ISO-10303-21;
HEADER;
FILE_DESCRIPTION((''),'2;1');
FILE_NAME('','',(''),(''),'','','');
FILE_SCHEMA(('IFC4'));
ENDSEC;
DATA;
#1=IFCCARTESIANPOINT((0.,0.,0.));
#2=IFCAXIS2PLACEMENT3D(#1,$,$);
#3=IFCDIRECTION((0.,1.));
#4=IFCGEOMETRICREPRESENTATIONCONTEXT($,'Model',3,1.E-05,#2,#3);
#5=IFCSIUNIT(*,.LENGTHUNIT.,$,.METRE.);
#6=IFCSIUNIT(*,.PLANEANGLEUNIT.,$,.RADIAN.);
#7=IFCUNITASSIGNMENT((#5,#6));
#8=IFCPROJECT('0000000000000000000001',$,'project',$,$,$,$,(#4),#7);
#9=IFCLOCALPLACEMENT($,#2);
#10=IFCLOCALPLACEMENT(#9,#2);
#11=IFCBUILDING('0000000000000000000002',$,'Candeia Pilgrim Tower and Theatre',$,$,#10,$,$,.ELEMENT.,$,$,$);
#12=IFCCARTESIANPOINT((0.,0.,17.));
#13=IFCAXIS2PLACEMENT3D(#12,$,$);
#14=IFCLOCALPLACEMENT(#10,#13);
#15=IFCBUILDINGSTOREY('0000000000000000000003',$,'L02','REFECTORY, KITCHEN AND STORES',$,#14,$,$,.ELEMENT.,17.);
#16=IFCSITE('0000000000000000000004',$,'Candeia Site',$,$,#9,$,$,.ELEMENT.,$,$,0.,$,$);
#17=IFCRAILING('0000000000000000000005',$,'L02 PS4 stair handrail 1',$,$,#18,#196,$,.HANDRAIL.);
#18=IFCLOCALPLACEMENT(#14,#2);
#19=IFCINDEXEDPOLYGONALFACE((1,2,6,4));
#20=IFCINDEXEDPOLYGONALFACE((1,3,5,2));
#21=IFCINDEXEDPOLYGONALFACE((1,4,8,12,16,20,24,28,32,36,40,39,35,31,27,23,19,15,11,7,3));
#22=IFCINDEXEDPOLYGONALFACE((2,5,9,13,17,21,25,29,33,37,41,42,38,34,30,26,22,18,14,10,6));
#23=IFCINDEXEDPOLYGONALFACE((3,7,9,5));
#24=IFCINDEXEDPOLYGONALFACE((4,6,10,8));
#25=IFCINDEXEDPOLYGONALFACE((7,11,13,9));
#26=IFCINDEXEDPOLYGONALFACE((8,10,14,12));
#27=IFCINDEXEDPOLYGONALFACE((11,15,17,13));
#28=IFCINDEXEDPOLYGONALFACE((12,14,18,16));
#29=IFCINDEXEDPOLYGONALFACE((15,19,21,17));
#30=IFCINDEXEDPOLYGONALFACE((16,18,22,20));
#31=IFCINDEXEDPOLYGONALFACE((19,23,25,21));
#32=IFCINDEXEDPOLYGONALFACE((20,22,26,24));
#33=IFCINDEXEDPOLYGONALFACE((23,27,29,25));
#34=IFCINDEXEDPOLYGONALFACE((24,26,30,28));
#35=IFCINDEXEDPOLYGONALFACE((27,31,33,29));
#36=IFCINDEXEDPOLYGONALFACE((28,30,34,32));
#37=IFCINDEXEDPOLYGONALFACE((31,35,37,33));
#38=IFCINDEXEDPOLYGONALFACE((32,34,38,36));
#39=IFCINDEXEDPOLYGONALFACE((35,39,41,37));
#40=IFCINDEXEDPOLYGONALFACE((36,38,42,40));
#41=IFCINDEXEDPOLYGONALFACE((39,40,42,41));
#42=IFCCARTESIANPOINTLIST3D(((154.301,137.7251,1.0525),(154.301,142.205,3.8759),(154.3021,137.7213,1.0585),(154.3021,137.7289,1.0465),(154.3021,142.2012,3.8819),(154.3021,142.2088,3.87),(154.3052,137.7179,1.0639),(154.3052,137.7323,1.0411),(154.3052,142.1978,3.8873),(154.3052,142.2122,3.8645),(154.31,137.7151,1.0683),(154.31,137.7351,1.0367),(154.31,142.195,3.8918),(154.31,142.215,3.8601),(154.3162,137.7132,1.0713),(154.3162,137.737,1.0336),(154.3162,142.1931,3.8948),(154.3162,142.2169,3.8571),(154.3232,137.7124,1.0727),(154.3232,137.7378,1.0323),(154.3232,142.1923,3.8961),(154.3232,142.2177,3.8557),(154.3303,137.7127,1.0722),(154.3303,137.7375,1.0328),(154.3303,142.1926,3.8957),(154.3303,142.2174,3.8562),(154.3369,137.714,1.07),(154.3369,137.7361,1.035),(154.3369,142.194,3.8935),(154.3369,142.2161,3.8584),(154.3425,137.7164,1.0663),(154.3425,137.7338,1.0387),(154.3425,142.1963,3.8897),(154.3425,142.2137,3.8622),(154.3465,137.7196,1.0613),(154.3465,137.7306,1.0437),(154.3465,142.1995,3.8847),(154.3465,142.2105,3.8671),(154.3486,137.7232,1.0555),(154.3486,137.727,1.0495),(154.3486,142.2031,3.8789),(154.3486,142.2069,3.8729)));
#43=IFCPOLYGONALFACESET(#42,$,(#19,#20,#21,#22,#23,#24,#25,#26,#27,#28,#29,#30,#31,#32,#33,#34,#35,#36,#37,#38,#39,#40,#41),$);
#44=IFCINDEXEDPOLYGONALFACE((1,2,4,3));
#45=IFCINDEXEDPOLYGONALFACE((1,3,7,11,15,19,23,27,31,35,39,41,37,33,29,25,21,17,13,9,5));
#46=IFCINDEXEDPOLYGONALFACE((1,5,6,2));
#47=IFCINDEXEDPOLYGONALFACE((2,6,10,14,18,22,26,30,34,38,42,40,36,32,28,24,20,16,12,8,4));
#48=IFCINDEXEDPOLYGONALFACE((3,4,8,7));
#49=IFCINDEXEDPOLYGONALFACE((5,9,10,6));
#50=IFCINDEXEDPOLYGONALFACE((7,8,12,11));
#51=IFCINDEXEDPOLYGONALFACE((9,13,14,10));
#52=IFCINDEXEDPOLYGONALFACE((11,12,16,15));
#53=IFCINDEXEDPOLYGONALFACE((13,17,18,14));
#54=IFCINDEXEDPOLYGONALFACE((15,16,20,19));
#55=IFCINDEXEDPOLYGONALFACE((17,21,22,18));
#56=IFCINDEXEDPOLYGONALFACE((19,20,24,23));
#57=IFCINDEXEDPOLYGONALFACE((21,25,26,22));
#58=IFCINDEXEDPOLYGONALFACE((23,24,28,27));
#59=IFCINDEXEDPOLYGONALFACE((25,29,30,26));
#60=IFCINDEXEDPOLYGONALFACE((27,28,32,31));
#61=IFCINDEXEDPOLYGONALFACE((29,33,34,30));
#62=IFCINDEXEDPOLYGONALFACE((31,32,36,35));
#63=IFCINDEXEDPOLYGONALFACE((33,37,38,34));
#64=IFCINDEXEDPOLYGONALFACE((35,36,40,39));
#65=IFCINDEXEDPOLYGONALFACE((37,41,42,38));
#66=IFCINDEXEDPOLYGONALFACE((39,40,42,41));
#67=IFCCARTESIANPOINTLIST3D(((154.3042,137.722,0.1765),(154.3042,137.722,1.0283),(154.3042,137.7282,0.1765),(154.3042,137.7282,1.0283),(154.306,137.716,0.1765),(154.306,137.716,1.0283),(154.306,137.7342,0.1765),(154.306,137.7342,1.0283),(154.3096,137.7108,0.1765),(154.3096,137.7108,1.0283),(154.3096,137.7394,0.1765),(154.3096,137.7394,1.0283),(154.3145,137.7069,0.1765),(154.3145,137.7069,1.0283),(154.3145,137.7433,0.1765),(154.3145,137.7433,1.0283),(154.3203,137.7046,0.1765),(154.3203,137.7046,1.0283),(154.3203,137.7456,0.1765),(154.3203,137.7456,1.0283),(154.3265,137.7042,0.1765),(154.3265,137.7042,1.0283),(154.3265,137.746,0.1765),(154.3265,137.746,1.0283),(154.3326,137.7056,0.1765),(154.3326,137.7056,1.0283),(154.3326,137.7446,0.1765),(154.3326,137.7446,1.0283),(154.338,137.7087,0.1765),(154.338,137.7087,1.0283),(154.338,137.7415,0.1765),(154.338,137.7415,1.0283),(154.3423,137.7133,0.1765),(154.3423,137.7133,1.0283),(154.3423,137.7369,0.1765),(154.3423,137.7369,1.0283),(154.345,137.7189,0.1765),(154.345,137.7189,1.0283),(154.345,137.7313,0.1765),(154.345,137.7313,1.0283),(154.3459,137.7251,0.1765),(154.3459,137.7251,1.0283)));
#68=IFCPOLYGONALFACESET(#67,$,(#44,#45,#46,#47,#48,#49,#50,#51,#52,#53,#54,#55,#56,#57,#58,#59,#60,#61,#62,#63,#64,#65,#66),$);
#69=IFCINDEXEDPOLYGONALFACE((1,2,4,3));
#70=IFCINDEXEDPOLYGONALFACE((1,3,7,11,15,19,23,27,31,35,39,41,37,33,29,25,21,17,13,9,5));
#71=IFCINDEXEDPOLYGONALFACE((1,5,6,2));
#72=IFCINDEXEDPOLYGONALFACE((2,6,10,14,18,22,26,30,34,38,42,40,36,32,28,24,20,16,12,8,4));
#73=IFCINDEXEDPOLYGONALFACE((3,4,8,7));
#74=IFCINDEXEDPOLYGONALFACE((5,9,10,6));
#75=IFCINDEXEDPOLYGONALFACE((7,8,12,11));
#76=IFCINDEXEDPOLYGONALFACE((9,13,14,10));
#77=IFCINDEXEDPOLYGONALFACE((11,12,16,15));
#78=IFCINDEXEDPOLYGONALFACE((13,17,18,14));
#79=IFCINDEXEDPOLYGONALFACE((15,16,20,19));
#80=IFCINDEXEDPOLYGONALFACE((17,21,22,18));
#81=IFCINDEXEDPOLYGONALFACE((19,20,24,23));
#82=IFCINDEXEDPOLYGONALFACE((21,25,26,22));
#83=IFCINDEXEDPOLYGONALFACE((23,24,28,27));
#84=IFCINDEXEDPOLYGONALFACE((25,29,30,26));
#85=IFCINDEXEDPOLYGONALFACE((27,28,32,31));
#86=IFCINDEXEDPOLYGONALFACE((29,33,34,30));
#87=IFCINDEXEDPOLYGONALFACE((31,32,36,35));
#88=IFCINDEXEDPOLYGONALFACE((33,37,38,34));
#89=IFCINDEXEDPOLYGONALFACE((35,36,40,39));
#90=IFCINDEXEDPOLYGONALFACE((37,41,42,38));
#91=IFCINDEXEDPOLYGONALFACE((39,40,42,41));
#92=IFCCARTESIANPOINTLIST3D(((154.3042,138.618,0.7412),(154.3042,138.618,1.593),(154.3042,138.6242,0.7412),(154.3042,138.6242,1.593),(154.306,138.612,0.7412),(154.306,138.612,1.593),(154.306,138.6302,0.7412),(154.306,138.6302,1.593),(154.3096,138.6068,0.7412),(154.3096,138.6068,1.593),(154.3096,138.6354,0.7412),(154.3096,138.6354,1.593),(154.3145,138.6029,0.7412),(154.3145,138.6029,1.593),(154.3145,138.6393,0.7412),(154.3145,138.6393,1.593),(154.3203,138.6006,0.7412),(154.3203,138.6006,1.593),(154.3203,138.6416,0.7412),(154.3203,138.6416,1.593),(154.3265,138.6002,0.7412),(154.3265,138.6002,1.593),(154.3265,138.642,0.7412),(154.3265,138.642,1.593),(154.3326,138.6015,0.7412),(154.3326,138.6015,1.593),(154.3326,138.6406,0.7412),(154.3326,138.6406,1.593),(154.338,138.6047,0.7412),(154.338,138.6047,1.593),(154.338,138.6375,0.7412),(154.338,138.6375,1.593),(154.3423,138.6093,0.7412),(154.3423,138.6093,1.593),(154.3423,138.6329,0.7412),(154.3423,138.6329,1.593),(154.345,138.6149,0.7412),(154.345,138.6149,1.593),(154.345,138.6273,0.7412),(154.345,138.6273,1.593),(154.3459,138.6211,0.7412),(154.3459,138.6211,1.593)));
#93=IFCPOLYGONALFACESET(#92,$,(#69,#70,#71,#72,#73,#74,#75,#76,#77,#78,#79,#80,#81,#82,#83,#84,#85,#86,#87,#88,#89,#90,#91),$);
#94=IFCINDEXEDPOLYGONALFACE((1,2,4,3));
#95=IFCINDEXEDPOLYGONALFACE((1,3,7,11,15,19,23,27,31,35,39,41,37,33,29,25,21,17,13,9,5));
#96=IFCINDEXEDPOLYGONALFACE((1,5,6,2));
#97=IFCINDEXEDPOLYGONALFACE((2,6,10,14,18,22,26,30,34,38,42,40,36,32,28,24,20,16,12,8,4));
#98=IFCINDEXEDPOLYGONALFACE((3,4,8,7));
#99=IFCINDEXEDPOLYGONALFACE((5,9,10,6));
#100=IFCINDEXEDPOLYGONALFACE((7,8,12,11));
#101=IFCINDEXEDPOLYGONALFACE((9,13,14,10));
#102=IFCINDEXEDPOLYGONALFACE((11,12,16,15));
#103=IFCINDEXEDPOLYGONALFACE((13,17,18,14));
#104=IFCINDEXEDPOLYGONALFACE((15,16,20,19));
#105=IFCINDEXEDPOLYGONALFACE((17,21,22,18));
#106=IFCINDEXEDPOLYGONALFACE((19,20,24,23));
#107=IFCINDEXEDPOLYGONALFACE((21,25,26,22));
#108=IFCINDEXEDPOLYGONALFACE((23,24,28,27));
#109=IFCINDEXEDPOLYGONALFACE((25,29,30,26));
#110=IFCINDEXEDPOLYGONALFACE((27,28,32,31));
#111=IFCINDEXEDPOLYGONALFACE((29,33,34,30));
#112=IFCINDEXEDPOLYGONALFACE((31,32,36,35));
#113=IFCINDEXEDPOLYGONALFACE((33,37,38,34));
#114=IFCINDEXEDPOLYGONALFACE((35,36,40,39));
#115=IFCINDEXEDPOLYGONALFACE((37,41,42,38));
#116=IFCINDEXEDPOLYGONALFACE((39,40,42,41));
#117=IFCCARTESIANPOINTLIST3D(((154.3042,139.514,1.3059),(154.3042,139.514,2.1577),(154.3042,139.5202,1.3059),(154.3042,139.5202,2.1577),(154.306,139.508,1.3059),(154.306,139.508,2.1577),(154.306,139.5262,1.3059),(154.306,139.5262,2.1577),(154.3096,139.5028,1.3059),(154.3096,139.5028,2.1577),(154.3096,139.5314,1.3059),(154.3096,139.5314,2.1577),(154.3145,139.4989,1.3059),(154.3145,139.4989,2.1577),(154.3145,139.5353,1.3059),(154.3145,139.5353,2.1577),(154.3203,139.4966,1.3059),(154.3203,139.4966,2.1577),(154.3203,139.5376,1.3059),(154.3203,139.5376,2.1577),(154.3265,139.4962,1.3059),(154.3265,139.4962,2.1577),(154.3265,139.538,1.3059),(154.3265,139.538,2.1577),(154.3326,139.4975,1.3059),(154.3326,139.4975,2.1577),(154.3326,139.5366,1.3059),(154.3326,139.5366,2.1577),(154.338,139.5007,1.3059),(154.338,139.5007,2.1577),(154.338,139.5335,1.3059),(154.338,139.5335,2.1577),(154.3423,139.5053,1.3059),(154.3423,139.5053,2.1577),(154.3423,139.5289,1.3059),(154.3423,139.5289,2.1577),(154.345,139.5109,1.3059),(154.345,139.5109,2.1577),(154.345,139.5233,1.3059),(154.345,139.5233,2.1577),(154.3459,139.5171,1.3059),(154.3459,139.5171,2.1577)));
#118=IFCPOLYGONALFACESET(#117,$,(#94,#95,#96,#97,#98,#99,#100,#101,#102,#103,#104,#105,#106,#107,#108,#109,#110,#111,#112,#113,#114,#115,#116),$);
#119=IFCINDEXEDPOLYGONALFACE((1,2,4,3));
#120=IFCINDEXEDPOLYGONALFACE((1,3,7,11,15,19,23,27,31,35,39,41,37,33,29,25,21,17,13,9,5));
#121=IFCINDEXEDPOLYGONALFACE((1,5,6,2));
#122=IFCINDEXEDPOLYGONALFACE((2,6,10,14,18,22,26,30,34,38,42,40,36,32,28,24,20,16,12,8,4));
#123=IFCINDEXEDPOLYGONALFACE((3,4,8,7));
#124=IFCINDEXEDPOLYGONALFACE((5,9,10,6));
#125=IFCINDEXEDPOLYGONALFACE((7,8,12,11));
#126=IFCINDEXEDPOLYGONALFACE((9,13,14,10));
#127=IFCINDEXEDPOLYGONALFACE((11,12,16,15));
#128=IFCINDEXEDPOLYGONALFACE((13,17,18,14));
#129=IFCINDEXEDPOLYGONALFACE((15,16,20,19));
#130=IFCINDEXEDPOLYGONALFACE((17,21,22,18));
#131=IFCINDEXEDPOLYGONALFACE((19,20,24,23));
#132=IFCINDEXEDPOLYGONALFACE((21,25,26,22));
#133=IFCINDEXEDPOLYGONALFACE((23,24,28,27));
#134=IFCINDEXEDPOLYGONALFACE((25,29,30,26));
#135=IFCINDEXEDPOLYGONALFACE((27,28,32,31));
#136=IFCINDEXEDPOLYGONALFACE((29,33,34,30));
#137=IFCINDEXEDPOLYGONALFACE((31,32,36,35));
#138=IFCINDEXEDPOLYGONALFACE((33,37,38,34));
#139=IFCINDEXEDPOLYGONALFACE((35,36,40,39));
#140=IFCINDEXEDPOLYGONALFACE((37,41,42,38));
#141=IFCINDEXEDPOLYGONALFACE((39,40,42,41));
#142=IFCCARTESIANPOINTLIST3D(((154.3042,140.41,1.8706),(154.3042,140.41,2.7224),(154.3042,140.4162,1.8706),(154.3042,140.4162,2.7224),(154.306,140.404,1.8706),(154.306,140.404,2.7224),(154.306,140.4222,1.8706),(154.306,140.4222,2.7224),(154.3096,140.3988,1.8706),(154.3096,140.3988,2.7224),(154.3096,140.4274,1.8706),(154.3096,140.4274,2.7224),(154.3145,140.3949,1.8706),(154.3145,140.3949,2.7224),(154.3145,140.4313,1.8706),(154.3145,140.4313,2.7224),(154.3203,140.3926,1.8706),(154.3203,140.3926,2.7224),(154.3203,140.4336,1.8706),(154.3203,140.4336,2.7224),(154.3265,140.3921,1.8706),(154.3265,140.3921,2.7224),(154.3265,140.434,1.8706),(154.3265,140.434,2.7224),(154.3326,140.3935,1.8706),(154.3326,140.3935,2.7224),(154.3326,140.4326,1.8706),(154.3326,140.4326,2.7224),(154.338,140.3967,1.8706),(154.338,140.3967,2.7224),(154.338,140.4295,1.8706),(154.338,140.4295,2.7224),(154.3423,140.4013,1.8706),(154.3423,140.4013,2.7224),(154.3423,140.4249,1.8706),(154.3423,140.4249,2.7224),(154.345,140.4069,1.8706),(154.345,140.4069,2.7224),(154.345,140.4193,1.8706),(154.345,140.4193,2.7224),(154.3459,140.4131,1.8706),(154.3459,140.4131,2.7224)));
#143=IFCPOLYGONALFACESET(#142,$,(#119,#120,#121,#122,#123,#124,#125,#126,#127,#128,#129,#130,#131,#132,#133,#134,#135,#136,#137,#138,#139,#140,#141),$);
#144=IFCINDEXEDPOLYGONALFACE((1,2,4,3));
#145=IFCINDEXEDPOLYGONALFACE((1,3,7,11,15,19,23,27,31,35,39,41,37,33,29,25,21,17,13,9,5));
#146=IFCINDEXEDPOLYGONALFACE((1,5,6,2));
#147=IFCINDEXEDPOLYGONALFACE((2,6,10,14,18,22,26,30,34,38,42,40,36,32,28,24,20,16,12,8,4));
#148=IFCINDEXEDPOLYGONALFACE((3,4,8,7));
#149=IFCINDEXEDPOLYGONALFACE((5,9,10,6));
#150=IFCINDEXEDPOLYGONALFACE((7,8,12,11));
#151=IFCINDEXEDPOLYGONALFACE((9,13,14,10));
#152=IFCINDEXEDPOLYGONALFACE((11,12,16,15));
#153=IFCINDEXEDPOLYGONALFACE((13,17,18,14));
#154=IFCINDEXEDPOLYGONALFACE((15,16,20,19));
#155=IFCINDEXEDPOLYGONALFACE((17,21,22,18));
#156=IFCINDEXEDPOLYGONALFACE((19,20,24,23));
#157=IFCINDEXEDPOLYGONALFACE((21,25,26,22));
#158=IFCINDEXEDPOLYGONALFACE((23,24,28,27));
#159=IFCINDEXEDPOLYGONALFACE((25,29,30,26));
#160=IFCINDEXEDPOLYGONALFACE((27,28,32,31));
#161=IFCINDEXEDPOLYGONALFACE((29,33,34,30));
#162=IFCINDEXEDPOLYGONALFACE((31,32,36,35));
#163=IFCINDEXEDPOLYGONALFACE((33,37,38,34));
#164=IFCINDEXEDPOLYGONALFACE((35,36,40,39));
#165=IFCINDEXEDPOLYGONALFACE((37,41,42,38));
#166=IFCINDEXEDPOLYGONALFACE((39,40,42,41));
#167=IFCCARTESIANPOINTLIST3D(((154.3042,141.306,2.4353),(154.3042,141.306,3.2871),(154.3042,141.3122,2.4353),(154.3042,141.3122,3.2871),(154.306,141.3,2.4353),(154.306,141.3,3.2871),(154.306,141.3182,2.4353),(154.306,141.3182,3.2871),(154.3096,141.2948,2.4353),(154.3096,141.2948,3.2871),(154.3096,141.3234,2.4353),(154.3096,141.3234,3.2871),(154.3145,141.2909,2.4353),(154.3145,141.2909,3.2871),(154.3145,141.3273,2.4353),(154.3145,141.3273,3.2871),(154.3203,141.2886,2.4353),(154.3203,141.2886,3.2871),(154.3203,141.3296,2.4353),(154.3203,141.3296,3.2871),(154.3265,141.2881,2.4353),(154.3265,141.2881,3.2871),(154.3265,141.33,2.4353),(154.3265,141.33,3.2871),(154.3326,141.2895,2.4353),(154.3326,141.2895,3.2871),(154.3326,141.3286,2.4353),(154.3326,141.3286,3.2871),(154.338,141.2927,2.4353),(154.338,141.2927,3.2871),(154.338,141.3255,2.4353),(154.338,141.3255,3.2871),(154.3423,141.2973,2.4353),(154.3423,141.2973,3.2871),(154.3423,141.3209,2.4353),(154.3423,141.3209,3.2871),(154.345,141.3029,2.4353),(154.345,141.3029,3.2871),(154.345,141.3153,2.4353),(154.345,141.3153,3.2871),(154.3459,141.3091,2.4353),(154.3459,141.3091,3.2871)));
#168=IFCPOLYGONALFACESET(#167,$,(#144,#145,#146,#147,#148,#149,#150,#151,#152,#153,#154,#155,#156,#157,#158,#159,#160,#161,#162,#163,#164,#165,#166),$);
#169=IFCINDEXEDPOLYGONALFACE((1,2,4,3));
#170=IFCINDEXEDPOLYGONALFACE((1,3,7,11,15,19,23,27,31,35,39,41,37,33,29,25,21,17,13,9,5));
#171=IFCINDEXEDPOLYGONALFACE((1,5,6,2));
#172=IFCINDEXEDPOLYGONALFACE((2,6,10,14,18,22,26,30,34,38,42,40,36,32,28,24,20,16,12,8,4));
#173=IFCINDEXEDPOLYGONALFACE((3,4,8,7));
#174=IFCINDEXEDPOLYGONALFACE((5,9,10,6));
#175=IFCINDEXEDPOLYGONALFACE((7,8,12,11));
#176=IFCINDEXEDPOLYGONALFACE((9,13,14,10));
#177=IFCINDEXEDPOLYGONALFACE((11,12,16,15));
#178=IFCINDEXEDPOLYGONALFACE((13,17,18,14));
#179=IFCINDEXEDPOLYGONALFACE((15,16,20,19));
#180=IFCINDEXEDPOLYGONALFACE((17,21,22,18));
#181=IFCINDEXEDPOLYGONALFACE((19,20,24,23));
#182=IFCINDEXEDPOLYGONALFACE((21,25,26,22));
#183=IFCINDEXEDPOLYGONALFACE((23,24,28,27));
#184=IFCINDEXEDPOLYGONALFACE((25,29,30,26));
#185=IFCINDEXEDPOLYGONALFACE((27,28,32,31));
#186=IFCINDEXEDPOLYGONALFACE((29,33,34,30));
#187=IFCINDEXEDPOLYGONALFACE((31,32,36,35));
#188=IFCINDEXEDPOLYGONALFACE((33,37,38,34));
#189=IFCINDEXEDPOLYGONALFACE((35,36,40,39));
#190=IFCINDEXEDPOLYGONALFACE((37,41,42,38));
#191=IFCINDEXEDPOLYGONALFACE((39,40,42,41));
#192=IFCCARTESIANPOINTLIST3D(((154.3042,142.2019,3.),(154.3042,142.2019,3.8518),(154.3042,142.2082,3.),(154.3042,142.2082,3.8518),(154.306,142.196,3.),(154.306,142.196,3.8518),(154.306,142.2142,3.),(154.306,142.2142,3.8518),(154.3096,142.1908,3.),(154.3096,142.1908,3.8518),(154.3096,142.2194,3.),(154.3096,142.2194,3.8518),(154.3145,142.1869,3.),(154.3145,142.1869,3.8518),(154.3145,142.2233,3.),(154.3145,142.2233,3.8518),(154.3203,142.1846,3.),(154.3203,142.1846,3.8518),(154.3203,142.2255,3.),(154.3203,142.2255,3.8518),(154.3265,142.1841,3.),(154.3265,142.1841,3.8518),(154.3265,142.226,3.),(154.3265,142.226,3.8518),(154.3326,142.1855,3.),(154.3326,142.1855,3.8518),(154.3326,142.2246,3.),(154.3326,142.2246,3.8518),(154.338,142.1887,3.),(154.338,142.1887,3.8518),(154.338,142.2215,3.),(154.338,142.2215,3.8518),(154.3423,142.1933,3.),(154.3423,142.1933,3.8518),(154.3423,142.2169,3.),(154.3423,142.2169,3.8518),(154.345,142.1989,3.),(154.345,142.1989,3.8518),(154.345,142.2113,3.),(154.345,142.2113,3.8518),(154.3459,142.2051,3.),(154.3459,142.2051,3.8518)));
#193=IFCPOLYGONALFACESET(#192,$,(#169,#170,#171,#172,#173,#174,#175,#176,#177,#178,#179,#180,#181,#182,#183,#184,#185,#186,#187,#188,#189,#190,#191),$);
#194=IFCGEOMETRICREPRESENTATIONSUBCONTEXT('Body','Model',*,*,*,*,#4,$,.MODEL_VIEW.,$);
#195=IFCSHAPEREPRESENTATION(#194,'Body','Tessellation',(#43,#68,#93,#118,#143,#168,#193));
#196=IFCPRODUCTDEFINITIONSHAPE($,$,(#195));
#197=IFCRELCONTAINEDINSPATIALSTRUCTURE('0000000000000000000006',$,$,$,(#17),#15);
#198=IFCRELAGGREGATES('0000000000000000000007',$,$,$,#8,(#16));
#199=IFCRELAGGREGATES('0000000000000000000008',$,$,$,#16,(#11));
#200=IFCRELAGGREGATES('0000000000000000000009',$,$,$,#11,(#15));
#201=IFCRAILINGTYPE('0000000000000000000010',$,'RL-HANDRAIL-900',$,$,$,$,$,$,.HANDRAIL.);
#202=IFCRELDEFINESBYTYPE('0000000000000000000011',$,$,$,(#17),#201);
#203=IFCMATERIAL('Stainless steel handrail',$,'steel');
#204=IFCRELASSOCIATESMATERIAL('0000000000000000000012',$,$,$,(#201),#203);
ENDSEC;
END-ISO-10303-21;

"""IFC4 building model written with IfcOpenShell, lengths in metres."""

from ifc_helpers import new_model, si_unit, direction, frame, origin, origin_2d, place, context, subcontext, project, spatial, circle, extrude, material, type_object, element, save


model = new_model("IFC4")

# Units and contexts
model_context = context("Model", 3, precision=1e-05, world=origin(), true_north=direction((0.0, 1.0)))
body_context = subcontext(model_context, "Body", "Model", "MODEL_VIEW")
ifc_project = project(units=[si_unit("LENGTHUNIT", "METRE"), si_unit("PLANEANGLEUNIT", "RADIAN")], contexts=[model_context])

# Site, building, storey
site_placement = place(None, origin())
site = spatial("IfcSite", under=ifc_project, at=site_placement, Name="Candeia Site", CompositionType="ELEMENT", RefElevation=0.0)
building_placement = place(site_placement, origin())
building = spatial("IfcBuilding", under=site, at=building_placement, Name="Candeia Pilgrim Tower and Theatre", CompositionType="ELEMENT")
storey_placement = place(building_placement, frame((0.0, 0.0, 17.0)))
storey = spatial("IfcBuildingStorey", under=building, at=storey_placement, Name="L02", Description="REFECTORY, KITCHEN AND STORES", CompositionType="ELEMENT", Elevation=17.0)

# Railing
ifc_material_1 = material(Name="Stainless steel handrail", Category="steel")
railing_type_1 = type_object("IfcRailingType", Name="RL-HANDRAIL-900", PredefinedType="HANDRAIL", material=ifc_material_1)
for number, where, name in (
    (1, (154.325, 137.7251, 0.1765), "L02 PS4 stair handrail 1"),
):
    element("IfcRailing", number, at=place(storey_placement, frame(where)), inside=storey, type_object=railing_type_1, Name=name, PredefinedType="HANDRAIL", context=body_context, shape_type="SweptSolid", body=[
        extrude(circle(Radius=0.0239, at=origin_2d()), frame((0.0, 0.0, 0.876), z_axis=(0.0, 0.845998, 0.533186), x_axis=(-1.0, 0.0, 0.0)), (0.0, 0.0, 1.0), 5.2954),
        extrude(circle(Radius=0.021, at=origin_2d()), origin(), (0.0, 0.0, 1.0), 0.8518),
        extrude(circle(Radius=0.021, at=origin_2d()), frame((0.0, 0.896, 0.5647)), (0.0, 0.0, 1.0), 0.8518),
        extrude(circle(Radius=0.021, at=origin_2d()), frame((0.0, 1.792, 1.1294)), (0.0, 0.0, 1.0), 0.8518),
        extrude(circle(Radius=0.021, at=origin_2d()), frame((0.0, 2.688, 1.6941)), (0.0, 0.0, 1.0), 0.8518),
        extrude(circle(Radius=0.021, at=origin_2d()), frame((0.0, 3.584, 2.2588)), (0.0, 0.0, 1.0), 0.8518),
        extrude(circle(Radius=0.021, at=origin_2d()), frame((0.0, 4.48, 2.8235)), (0.0, 0.0, 1.0), 0.8518),
    ])

save(model, "model.ifc")
